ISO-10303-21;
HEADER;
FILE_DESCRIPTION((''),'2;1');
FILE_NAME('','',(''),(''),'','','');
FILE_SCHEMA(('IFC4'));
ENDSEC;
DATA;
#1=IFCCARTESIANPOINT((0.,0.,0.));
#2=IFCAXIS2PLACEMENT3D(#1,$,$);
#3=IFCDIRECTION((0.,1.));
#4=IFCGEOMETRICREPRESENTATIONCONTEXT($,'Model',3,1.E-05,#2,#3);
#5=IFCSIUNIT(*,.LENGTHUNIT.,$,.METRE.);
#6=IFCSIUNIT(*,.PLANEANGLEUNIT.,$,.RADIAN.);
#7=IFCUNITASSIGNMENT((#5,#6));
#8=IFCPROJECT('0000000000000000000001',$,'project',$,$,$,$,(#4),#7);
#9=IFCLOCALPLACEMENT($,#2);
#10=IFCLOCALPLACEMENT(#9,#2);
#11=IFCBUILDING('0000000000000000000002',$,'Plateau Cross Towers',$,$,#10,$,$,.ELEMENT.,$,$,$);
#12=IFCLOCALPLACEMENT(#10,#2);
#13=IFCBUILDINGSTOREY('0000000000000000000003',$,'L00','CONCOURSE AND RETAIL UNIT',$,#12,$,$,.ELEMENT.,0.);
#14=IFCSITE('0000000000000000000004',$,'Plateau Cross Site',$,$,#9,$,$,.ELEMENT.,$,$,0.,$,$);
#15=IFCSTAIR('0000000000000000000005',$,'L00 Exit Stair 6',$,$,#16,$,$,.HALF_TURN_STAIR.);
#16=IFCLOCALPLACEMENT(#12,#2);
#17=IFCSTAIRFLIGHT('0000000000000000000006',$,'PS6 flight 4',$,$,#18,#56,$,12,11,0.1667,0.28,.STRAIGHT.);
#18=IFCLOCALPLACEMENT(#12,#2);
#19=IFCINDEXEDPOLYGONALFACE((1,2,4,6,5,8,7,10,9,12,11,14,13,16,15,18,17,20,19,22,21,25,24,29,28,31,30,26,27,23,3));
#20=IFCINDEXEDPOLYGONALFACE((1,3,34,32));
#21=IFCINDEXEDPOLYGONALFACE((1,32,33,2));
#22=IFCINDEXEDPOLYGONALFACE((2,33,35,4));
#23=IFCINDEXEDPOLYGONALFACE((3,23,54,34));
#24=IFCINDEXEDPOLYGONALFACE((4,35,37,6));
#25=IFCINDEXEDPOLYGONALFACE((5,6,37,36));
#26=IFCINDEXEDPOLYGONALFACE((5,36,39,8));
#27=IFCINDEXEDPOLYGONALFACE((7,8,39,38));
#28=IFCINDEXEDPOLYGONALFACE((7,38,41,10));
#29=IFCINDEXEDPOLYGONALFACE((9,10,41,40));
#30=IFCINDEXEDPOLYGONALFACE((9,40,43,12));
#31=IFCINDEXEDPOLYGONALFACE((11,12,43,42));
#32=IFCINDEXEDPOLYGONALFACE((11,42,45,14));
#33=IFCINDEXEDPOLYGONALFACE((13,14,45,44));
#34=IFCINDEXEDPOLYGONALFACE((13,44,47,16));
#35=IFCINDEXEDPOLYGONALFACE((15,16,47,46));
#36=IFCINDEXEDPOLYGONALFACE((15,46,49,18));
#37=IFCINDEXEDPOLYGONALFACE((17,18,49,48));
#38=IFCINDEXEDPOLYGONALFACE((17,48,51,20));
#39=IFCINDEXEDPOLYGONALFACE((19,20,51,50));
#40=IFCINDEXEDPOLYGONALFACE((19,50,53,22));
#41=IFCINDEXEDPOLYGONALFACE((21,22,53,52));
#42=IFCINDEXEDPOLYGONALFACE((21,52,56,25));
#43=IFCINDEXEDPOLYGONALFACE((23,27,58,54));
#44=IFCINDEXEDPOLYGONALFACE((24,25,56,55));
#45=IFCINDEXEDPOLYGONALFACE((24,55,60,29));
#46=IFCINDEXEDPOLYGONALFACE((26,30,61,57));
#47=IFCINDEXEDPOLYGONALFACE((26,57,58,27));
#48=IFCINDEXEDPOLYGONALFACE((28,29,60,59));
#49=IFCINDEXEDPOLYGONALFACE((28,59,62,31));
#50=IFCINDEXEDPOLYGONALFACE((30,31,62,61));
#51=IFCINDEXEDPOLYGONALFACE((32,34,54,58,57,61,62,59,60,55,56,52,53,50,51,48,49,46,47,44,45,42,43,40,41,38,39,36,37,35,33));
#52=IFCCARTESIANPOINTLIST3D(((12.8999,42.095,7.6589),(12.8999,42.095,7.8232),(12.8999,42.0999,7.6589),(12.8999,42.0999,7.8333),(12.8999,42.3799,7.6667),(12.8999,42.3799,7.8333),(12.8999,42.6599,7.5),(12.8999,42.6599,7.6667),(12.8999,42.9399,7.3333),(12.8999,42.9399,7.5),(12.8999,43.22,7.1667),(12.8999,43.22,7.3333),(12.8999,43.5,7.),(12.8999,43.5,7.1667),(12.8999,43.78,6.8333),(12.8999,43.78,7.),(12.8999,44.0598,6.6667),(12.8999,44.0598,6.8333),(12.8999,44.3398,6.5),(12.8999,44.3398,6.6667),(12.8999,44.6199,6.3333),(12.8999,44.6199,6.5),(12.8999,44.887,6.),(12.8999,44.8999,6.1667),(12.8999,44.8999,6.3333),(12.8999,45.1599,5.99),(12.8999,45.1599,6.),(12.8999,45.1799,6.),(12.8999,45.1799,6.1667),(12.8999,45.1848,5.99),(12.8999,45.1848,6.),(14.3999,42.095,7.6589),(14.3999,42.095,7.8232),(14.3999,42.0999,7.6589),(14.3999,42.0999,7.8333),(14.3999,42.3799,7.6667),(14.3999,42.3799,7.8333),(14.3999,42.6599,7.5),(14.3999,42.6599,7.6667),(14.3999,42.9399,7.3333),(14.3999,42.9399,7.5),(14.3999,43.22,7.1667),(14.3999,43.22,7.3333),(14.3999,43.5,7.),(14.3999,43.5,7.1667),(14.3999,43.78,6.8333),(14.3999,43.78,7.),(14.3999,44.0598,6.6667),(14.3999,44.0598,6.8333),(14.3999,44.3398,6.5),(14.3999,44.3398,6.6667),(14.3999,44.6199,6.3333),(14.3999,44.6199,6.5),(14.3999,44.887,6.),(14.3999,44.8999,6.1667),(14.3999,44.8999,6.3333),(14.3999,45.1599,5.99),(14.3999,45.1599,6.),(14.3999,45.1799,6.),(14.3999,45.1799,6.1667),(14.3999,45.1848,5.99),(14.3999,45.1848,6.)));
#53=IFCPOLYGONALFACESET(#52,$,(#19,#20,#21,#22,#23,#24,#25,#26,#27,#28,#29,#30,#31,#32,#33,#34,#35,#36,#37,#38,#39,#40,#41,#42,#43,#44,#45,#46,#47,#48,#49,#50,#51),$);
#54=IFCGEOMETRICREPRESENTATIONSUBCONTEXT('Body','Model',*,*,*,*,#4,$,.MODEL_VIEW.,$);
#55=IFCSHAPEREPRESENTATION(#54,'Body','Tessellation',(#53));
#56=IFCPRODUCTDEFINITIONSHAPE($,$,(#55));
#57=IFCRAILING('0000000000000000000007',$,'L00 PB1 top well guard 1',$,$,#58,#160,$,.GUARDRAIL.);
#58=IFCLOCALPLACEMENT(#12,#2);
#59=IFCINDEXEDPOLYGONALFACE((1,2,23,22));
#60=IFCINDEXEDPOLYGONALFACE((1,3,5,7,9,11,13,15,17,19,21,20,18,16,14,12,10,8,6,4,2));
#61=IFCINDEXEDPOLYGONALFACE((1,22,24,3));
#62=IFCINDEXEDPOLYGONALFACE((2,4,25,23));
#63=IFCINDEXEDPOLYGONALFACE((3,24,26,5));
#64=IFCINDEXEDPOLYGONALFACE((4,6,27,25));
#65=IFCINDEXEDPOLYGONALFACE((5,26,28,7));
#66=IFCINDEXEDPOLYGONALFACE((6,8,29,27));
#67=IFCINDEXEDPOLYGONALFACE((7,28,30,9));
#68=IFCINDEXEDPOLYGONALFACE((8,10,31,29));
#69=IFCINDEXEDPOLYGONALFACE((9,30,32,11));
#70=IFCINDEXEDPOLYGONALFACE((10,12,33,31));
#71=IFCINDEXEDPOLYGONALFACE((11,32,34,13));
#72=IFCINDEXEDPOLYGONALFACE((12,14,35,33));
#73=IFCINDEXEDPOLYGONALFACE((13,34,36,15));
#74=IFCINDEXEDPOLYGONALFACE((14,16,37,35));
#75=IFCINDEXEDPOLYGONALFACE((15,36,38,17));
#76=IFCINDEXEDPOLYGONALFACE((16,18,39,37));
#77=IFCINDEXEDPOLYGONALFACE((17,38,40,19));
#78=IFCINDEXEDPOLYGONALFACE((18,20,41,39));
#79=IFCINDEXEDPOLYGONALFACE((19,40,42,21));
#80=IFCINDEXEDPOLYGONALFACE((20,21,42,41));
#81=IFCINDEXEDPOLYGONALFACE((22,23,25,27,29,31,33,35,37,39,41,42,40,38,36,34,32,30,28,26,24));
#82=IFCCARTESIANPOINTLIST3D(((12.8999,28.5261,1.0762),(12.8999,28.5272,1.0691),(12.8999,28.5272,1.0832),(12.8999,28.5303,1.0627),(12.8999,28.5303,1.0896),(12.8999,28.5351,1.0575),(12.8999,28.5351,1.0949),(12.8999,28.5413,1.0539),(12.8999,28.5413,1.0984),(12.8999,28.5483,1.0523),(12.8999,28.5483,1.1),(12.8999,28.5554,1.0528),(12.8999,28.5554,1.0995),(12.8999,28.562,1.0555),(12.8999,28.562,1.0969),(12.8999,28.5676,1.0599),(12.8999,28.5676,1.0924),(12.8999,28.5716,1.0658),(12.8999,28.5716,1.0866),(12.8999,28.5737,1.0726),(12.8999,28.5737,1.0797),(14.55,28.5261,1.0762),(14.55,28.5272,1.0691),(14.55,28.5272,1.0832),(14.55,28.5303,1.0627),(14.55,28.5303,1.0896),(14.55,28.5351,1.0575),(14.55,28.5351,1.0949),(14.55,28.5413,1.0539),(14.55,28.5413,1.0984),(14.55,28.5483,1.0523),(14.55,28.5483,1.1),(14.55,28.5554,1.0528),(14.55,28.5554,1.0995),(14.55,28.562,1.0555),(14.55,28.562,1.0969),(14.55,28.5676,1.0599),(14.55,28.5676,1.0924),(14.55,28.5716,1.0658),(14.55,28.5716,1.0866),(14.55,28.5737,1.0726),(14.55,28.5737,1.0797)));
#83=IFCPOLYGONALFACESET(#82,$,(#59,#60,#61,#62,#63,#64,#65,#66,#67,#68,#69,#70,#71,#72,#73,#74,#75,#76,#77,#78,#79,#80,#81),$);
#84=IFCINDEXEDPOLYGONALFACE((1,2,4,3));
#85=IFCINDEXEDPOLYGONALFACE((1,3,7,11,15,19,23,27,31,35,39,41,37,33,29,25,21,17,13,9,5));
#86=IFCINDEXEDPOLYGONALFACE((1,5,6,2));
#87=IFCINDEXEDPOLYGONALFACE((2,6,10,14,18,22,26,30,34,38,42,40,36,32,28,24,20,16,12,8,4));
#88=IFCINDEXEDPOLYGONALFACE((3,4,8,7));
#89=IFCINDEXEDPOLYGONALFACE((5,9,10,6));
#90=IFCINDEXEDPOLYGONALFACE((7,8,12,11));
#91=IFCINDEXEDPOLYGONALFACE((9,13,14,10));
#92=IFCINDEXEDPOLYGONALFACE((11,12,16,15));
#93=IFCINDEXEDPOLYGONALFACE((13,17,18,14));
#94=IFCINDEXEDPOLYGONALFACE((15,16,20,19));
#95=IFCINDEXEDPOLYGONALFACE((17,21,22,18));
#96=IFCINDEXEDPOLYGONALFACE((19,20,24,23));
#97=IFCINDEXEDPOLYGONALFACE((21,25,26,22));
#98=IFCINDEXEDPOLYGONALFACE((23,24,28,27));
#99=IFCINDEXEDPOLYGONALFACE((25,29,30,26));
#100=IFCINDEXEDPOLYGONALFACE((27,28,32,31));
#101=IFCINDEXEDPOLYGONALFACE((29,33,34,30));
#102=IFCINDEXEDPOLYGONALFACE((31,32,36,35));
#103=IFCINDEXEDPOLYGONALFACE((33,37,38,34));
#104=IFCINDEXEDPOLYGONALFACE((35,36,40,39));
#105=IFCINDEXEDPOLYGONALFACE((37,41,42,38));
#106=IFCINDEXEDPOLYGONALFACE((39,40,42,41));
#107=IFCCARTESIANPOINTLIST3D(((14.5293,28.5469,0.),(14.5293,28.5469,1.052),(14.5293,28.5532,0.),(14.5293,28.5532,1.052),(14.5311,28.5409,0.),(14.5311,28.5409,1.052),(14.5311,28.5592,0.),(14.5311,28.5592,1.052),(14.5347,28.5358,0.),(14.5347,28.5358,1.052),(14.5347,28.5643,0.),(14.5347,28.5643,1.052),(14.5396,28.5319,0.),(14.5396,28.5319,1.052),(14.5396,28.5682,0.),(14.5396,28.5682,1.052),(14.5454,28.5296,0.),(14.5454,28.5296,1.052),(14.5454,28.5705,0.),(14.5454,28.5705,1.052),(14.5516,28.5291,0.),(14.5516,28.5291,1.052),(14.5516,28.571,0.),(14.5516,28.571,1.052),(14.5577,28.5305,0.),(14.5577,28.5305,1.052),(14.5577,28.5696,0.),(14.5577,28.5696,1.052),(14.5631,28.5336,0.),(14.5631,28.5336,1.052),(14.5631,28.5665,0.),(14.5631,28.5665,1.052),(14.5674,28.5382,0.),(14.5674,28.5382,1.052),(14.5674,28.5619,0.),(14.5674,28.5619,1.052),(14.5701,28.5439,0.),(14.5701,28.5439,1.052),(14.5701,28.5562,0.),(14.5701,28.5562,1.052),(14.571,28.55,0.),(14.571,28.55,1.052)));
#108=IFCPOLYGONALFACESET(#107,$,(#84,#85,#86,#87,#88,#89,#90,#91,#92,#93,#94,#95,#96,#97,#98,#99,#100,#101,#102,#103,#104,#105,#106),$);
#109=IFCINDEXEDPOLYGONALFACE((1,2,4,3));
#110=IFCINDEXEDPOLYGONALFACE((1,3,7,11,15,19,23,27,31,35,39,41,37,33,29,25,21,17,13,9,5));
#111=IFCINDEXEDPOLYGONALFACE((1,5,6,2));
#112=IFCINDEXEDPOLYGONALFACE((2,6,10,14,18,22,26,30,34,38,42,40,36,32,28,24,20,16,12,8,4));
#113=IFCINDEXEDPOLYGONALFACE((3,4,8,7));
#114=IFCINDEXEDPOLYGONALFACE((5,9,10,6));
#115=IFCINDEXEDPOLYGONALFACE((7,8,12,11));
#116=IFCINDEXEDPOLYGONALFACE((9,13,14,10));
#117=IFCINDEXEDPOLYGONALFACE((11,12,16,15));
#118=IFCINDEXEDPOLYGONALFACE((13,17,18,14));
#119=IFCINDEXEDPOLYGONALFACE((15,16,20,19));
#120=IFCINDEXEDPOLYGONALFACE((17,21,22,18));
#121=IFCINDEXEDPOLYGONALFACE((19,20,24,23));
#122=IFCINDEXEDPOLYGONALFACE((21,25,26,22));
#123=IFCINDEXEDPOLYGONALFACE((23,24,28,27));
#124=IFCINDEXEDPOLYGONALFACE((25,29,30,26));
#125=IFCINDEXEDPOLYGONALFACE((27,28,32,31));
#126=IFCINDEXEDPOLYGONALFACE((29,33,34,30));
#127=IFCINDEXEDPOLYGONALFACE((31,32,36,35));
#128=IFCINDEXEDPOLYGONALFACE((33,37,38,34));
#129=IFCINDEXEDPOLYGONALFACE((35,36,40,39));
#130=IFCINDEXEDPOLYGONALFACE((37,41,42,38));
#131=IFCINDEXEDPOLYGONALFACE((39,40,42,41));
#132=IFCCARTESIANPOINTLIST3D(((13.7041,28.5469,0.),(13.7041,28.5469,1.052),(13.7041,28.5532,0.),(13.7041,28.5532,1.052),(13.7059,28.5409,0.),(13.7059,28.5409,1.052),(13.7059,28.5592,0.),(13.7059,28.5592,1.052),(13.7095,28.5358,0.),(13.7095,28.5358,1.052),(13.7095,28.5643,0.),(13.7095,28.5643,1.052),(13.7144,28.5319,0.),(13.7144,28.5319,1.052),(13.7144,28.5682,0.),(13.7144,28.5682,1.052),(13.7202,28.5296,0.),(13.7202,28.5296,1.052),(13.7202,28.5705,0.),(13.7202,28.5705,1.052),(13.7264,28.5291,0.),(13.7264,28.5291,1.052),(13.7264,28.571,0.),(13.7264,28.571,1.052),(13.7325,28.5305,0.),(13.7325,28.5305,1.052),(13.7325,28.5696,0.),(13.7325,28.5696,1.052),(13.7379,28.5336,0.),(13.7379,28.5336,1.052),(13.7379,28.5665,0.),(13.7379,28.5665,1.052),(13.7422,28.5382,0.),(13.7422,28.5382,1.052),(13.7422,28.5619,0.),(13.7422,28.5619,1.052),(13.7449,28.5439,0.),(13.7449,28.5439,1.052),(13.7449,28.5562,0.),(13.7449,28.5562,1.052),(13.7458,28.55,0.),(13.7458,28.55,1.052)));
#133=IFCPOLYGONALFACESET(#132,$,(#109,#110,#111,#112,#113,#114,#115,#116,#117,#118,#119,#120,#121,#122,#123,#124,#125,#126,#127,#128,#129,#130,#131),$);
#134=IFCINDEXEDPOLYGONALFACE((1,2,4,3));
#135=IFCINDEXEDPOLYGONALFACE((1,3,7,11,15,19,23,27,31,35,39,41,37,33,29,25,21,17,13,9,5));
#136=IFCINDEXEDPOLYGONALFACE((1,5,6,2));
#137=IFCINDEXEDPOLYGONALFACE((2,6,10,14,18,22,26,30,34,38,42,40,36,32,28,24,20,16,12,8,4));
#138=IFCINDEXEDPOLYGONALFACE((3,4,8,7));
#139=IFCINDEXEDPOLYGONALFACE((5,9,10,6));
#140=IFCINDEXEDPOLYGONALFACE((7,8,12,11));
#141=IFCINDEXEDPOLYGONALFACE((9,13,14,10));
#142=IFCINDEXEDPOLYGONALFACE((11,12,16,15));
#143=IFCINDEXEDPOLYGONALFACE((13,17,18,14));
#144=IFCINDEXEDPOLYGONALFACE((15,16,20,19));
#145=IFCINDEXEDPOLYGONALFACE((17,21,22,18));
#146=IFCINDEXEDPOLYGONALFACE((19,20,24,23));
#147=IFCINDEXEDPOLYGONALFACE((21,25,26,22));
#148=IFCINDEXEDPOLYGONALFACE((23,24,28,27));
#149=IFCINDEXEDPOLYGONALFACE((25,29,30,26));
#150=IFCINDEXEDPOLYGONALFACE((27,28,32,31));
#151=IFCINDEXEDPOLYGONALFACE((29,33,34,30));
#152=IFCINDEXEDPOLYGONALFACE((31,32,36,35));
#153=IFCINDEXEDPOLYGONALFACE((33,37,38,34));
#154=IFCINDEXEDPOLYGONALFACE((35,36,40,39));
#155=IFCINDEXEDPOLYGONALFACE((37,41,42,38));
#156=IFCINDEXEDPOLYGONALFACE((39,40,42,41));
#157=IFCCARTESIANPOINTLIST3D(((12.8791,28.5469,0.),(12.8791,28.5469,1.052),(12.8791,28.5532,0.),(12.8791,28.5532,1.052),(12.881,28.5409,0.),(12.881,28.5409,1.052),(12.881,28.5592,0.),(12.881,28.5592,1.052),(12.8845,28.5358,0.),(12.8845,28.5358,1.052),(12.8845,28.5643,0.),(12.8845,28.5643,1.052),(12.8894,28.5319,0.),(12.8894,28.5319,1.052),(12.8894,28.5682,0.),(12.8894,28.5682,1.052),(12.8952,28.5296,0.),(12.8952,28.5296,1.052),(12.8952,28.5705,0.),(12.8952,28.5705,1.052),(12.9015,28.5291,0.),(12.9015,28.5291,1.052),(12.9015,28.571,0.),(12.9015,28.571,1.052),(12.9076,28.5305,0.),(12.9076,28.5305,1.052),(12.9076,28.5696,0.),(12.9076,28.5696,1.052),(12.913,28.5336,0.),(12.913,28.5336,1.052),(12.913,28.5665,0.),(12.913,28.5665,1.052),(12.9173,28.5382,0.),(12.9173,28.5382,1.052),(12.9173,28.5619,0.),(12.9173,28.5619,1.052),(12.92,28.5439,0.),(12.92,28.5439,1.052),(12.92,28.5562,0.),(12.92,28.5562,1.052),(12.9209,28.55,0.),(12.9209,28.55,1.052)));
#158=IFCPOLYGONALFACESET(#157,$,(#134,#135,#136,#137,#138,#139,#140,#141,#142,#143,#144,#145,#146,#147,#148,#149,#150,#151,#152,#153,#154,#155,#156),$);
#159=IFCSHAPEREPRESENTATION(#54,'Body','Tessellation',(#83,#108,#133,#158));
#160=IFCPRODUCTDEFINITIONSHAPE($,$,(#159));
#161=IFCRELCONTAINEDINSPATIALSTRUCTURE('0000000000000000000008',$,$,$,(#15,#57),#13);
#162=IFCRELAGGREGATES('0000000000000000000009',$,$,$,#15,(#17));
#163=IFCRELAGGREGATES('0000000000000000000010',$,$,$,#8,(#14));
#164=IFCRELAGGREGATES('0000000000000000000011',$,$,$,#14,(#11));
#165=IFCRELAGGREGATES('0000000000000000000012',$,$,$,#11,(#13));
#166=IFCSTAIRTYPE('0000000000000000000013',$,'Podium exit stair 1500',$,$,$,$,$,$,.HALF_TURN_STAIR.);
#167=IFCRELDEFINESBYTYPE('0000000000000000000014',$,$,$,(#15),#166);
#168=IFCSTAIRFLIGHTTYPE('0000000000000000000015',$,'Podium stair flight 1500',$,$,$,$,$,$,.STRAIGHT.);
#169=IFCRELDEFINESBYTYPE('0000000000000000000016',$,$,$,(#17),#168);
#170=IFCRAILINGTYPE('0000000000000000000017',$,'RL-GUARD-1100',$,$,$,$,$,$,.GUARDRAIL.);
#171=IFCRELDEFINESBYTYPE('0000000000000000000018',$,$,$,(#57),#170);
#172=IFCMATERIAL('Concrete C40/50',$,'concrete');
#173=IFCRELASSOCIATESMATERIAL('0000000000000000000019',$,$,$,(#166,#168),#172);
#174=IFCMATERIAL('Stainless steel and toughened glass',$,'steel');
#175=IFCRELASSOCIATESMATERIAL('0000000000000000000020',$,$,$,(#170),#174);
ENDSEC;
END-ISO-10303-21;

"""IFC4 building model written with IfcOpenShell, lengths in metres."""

from ifc_helpers import new_model, si_unit, direction, frame, origin, origin_2d, place, context, subcontext, project, spatial, polyline, circle, outline, extrude, material, type_object, element, aggregate, save


model = new_model("IFC4")

# Units and contexts
model_context = context("Model", 3, precision=1e-05, world=origin(), true_north=direction((0.0, 1.0)))
body_context = subcontext(model_context, "Body", "Model", "MODEL_VIEW")
ifc_project = project(units=[si_unit("LENGTHUNIT", "METRE"), si_unit("PLANEANGLEUNIT", "RADIAN")], contexts=[model_context])

# Site, building, storey
site_placement = place(None, origin())
site = spatial("IfcSite", under=ifc_project, at=site_placement, Name="Plateau Cross Site", CompositionType="ELEMENT", RefElevation=0.0)
building_placement = place(site_placement, origin())
building = spatial("IfcBuilding", under=site, at=building_placement, Name="Plateau Cross Towers", CompositionType="ELEMENT")
storey_placement = place(building_placement, origin())
storey = spatial("IfcBuildingStorey", under=building, at=storey_placement, Name="L00", Description="CONCOURSE AND RETAIL UNIT", CompositionType="ELEMENT", Elevation=0.0)

# Stair, stair flight
ifc_material_1 = material(Name="Concrete C40/50", Category="concrete")
stair_type = type_object("IfcStairType", Name="Podium exit stair 1500", PredefinedType="HALF_TURN_STAIR", material=ifc_material_1)
stair_placement = place(storey_placement, origin())
stair = element("IfcStair", 1, at=stair_placement, inside=storey, type_object=stair_type, Name="L00 Exit Stair 6", PredefinedType="HALF_TURN_STAIR")
stair_flight_type = type_object("IfcStairFlightType", Name="Podium stair flight 1500", PredefinedType="STRAIGHT", material=ifc_material_1)
stair_flight_1_placement = place(storey_placement, frame((13.6499, 45.1799, 6.0), z_axis=(0.0, 0.0, 1.0), x_axis=(0.0, -1.0, 0.0)))
stair_flight_1 = element("IfcStairFlight", 2, at=stair_flight_1_placement, type_object=stair_flight_type, Name="PS6 flight 4", NumberOfRisers=12, NumberOfTreads=11, PredefinedType="STRAIGHT", RiserHeight=0.1667, TreadLength=0.28, context=body_context, shape_type="SweptSolid", body=[
    extrude(outline(polyline([(-0.0049, -0.01), (-0.0049, 0.0), (0.0, 0.0), (0.0, 0.1667), (0.28, 0.1667), (0.28, 0.3333), (0.5601, 0.3333), (0.5601, 0.5), (0.8401, 0.5), (0.8401, 0.6667), (1.1201, 0.6667), (1.1201, 0.8333), (1.3999, 0.8333), (1.3999, 1.0), (1.6799, 1.0), (1.6799, 1.1667), (1.96, 1.1667), (1.96, 1.3333), (2.24, 1.3333), (2.24, 1.5), (2.52, 1.5), (2.52, 1.6667), (2.8, 1.6667), (2.8, 1.8333), (3.0801, 1.8333), (3.085, 1.8232), (3.085, 1.6589), (3.0801, 1.6589), (0.293, 0.0), (0.02, 0.0), (0.02, -0.01), (-0.0049, -0.01)])), frame((0.0, 0.75, 0.0), z_axis=(0.0, -1.0, 0.0), x_axis=(1.0, 0.0, 0.0)), (0.0, 0.0, 1.0), 1.5),
])
aggregate(stair, [stair_flight_1])

# Railing
ifc_material_2 = material(Name="Stainless steel and toughened glass", Category="steel")
railing_type_1 = type_object("IfcRailingType", Name="RL-GUARD-1100", PredefinedType="GUARDRAIL", material=ifc_material_2)
railing_1_placement = place(storey_placement, frame((14.55, 28.55, 0.0)))
element("IfcRailing", 3, at=railing_1_placement, inside=storey, type_object=railing_type_1, Name="L00 PB1 top well guard 1", PredefinedType="GUARDRAIL", context=body_context, shape_type="SweptSolid", body=[
    extrude(circle(Radius=0.0239, at=origin_2d()), frame((0.0, 0.0, 1.0762), z_axis=(-1.0, 0.0, 0.0), x_axis=(0.0, -1.0, 0.0)), (0.0, 0.0, 1.0), 1.6501),
    extrude(circle(Radius=0.021, at=origin_2d()), origin(), (0.0, 0.0, 1.0), 1.052),
    extrude(circle(Radius=0.021, at=origin_2d()), frame((-0.8252, 0.0, 0.0)), (0.0, 0.0, 1.0), 1.052),
    extrude(circle(Radius=0.021, at=origin_2d()), frame((-1.6501, 0.0, 0.0)), (0.0, 0.0, 1.0), 1.052),
])

save(model, "model.ifc")
